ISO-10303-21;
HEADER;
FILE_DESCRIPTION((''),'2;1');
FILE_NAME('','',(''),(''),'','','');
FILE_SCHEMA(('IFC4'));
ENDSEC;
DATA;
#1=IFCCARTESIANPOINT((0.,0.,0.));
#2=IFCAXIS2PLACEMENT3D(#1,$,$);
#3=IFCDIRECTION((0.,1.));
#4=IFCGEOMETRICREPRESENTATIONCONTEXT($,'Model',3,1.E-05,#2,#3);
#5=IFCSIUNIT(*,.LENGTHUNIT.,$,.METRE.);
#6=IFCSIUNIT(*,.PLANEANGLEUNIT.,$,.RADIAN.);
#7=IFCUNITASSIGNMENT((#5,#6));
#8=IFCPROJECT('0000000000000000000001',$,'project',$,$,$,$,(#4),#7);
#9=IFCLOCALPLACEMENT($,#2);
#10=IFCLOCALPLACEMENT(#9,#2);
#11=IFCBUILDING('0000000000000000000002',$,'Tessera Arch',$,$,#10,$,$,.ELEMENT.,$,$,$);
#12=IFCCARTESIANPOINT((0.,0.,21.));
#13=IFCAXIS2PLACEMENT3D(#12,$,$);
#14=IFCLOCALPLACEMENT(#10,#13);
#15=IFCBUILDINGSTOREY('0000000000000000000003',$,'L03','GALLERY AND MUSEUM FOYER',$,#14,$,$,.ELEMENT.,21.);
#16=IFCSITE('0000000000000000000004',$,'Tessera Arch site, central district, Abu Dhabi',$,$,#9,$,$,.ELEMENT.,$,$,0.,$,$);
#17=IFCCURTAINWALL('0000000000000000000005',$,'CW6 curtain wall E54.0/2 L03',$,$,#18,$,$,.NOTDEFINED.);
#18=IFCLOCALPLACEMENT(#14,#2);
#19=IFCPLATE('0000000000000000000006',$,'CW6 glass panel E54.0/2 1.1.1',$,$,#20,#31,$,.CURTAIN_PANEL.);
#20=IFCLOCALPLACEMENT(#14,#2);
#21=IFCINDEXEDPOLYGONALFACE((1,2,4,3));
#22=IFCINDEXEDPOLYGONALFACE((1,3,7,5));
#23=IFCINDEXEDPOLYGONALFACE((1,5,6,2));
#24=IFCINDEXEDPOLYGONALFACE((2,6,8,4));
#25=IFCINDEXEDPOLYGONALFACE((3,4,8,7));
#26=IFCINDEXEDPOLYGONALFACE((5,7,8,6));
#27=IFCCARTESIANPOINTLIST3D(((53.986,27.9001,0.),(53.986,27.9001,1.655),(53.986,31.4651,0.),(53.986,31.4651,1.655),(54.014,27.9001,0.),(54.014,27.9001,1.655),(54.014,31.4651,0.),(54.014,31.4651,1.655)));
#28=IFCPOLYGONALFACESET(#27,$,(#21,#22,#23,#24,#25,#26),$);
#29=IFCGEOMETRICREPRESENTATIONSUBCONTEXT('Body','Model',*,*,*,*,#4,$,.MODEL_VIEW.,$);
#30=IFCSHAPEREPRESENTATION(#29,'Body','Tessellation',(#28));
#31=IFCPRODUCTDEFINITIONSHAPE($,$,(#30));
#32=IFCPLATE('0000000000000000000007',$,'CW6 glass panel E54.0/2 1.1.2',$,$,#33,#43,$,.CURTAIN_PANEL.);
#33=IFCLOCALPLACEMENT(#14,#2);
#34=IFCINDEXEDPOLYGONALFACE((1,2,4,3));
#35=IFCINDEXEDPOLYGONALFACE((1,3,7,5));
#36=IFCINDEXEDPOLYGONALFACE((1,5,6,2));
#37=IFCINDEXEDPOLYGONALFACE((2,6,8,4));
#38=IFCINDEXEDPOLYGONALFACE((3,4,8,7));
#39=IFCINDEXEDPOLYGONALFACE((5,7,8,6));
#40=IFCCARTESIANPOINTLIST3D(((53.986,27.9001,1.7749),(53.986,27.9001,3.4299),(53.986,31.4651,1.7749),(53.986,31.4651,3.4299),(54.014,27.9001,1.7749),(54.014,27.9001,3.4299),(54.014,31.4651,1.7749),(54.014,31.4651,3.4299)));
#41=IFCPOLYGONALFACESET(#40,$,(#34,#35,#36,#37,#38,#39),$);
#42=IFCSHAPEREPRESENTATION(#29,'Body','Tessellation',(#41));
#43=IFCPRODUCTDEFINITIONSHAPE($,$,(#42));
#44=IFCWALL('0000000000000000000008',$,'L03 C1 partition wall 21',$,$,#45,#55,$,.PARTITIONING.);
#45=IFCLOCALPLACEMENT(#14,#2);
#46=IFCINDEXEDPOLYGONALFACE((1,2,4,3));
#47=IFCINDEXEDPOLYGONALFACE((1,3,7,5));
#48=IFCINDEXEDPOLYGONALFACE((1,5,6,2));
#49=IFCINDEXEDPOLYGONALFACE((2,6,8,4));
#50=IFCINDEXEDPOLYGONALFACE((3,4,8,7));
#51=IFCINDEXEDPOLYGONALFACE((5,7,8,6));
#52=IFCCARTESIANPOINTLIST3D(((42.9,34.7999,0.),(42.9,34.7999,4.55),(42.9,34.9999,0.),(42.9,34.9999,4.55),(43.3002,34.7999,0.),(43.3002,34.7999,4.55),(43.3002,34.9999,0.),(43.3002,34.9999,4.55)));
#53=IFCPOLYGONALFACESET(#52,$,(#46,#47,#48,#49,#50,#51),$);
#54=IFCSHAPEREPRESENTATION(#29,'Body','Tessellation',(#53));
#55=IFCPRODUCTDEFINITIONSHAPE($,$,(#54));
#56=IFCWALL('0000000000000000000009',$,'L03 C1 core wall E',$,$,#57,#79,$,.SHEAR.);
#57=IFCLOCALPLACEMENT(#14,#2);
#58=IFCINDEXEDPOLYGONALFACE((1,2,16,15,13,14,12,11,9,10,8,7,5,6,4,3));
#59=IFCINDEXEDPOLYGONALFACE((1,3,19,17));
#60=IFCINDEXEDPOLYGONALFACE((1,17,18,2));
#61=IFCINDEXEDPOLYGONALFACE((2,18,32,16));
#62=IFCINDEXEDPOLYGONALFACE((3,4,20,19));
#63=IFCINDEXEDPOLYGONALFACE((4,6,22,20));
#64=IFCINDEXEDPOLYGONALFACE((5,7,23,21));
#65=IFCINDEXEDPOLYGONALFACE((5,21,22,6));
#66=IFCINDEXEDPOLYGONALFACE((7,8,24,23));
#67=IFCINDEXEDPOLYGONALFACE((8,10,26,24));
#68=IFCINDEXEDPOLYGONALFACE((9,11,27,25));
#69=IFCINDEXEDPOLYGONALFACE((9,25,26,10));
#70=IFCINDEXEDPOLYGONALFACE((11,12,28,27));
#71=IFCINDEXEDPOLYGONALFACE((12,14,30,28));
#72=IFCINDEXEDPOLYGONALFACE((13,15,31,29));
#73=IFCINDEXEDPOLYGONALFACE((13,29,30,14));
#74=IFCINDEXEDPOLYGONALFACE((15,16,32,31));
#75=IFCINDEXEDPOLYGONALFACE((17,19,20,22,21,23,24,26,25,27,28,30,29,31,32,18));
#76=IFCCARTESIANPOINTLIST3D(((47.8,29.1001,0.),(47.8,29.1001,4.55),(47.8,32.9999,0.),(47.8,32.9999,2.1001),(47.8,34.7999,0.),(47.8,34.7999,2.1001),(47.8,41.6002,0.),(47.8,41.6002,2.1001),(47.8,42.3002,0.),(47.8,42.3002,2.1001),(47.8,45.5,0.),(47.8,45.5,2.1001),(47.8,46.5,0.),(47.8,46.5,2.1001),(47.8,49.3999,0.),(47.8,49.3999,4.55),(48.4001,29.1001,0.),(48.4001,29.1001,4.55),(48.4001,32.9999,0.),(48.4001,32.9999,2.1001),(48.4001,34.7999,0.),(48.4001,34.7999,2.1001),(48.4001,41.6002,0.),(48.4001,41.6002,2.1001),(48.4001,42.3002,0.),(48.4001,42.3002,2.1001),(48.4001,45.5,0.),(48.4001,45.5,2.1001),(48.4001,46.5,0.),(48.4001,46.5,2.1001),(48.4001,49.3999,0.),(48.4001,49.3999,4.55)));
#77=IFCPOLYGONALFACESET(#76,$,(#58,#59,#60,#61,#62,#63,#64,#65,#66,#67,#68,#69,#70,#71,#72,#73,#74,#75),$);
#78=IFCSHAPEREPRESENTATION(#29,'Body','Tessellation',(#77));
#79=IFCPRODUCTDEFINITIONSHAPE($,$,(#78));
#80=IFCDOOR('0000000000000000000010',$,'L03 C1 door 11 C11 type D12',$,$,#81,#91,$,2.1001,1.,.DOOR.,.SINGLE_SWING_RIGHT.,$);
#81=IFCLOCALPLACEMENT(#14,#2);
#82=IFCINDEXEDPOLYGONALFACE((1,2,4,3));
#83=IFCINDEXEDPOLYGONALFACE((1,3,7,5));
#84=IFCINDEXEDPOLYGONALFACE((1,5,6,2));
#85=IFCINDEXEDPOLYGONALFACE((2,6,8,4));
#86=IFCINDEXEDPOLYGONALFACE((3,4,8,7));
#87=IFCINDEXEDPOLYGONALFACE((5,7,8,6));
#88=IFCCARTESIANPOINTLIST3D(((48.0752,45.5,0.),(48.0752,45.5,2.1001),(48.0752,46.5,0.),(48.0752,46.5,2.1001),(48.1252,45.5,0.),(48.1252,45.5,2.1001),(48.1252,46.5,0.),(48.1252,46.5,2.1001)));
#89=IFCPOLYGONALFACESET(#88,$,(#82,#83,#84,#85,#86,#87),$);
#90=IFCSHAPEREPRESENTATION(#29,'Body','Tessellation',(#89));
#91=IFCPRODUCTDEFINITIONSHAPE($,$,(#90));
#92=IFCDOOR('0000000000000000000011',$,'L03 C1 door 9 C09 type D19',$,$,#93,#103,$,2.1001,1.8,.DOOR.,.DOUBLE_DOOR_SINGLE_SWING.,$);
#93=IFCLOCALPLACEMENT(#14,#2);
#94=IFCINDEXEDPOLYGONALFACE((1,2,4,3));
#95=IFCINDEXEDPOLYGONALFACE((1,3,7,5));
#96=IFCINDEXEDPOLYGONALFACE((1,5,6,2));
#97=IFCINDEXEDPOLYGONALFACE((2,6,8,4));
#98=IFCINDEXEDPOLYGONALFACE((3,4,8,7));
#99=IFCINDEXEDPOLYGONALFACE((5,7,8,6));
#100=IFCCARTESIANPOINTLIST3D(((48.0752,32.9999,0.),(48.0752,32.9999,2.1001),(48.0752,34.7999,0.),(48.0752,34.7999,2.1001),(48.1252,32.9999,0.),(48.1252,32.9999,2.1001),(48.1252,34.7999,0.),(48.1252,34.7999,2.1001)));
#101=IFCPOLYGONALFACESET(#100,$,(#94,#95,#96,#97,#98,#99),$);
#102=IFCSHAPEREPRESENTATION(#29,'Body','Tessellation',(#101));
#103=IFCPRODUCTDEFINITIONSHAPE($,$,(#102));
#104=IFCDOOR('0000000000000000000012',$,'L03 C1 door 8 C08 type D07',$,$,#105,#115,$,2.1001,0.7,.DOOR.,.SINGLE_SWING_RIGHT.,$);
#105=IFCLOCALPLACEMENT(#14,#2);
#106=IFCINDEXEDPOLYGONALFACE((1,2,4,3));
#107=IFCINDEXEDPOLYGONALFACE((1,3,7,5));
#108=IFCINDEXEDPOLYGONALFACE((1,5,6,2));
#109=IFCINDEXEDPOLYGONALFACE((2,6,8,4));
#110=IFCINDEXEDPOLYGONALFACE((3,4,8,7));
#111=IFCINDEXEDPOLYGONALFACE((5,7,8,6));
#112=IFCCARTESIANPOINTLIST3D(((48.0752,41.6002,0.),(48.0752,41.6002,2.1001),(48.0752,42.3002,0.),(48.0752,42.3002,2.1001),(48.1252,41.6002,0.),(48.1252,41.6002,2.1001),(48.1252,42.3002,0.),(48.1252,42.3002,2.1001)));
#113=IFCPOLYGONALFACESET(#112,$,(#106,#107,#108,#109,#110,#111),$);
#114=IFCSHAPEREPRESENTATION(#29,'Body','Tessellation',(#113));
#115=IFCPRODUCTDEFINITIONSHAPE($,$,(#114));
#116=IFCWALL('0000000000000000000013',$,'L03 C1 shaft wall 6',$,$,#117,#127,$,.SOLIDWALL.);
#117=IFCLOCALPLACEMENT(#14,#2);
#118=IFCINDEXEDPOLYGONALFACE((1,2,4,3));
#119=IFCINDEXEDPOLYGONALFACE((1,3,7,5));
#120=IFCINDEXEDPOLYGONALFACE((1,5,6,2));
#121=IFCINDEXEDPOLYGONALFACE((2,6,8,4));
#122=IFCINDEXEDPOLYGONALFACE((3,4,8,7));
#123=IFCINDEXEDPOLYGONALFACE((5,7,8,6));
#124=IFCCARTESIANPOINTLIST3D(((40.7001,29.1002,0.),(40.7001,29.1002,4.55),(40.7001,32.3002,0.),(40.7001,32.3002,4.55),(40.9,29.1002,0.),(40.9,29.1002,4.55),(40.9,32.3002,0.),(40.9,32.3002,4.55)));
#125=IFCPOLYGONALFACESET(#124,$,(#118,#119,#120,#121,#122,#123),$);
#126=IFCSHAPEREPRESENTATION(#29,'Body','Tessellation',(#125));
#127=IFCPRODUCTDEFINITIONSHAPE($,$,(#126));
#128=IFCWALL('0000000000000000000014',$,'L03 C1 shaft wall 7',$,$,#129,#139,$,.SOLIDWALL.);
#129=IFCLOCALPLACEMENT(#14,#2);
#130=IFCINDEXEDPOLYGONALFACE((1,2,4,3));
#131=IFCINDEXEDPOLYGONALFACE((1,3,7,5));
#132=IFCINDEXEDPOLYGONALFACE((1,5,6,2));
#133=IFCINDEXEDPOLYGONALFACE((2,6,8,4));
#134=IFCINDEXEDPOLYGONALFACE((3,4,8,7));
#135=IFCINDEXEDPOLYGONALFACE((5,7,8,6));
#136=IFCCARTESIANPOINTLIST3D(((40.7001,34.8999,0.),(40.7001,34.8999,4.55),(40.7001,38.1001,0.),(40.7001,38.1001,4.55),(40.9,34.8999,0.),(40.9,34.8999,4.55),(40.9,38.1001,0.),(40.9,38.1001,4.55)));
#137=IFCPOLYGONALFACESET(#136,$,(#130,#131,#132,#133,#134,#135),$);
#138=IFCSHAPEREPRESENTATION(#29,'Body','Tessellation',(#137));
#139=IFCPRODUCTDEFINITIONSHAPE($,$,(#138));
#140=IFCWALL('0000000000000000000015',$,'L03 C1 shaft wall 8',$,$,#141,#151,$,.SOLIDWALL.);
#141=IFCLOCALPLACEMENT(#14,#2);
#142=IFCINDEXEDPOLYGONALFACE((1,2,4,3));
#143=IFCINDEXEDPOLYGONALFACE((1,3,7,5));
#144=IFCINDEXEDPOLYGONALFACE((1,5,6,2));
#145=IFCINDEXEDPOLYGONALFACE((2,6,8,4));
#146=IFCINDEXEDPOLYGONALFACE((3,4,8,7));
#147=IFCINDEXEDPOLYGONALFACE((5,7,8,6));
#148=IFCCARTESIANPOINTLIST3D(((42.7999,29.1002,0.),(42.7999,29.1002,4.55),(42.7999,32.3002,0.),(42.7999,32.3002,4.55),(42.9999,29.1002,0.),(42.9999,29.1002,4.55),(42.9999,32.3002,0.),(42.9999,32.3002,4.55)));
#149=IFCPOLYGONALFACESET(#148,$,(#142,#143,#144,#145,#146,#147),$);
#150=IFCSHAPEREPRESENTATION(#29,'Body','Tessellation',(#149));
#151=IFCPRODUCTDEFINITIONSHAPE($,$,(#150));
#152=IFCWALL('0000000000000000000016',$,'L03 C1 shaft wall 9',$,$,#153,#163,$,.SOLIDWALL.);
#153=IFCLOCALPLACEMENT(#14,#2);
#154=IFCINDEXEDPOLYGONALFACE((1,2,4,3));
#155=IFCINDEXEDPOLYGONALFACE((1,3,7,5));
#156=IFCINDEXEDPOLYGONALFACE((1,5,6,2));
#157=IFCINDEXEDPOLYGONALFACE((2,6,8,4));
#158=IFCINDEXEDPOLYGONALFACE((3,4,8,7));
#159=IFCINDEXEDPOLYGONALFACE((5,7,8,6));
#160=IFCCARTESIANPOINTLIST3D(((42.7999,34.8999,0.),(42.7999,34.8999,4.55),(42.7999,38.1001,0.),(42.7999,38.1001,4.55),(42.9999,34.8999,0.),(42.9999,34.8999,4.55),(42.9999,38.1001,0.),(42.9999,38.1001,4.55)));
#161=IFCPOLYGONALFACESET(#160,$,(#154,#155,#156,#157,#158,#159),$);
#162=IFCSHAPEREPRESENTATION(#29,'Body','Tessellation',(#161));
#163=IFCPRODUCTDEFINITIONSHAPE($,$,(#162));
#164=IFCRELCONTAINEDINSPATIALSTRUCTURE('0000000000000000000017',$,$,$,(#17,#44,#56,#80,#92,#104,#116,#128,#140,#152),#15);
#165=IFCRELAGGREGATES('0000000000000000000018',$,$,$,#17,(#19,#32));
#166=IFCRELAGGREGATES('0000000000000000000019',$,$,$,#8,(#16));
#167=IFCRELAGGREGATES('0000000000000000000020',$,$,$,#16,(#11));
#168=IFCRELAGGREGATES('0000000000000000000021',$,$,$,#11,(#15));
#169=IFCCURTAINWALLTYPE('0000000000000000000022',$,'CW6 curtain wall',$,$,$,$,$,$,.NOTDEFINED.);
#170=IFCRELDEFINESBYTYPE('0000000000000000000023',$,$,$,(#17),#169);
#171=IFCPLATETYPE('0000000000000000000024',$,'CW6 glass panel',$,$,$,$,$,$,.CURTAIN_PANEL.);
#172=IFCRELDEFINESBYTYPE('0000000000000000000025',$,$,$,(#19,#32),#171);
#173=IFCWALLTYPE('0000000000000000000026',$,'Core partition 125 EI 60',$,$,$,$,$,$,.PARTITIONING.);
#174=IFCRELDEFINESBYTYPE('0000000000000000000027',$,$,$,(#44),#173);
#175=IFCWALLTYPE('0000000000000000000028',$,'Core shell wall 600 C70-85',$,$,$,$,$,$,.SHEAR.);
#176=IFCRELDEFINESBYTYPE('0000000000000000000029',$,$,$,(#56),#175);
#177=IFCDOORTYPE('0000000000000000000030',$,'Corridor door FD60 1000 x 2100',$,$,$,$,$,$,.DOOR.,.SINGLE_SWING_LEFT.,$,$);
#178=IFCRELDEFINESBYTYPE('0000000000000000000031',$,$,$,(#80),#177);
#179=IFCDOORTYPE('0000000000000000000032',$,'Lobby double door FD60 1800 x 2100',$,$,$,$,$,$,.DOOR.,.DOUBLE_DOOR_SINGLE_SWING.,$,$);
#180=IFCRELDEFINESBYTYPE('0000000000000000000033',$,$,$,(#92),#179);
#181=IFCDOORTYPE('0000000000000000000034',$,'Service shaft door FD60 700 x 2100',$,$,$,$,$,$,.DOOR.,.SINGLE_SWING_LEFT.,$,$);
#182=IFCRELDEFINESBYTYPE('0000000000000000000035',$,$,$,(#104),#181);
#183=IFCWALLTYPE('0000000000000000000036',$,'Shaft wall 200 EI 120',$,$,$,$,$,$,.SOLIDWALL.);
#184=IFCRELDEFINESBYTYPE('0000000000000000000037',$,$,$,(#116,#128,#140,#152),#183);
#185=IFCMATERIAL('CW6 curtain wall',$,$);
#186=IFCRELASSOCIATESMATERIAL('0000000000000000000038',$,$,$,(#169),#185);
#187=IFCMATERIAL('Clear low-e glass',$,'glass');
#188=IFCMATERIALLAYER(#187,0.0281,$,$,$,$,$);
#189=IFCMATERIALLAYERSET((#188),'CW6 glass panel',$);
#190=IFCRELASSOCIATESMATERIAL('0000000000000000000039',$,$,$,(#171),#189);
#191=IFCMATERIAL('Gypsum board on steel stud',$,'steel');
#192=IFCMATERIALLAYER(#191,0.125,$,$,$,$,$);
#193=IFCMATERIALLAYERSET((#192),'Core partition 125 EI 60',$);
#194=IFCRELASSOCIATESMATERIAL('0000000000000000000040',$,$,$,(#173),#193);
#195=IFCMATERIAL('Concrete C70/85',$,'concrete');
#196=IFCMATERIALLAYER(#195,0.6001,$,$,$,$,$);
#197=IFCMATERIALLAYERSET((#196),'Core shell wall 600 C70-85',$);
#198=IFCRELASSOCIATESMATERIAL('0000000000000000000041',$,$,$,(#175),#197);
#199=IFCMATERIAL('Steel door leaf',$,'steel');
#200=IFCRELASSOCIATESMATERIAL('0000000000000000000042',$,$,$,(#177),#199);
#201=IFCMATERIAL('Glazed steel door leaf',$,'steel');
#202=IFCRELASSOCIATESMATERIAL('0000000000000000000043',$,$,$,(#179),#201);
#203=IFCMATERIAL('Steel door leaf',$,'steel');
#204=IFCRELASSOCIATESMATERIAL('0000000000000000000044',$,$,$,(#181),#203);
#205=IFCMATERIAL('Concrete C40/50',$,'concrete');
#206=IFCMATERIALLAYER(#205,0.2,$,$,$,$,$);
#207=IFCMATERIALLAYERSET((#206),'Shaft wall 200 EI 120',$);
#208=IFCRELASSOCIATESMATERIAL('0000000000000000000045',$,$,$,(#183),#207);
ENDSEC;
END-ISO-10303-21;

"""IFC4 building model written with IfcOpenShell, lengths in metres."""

from ifc_helpers import new_model, si_unit, direction, frame, frame_2d, origin, origin_2d, place, context, subcontext, project, spatial, rectangle, extrude, material, layer, layer_set, type_object, element, fill, aggregate, save


model = new_model("IFC4")

# Units and contexts
model_context = context("Model", 3, precision=1e-05, world=origin(), true_north=direction((0.0, 1.0)))
body_context = subcontext(model_context, "Body", "Model", "MODEL_VIEW")
ifc_project = project(units=[si_unit("LENGTHUNIT", "METRE"), si_unit("PLANEANGLEUNIT", "RADIAN")], contexts=[model_context])

# Site, building, storey
site_placement = place(None, origin())
site = spatial("IfcSite", under=ifc_project, at=site_placement, Name="Tessera Arch site, central district, Abu Dhabi", CompositionType="ELEMENT", RefElevation=0.0)
building_placement = place(site_placement, origin())
building = spatial("IfcBuilding", under=site, at=building_placement, Name="Tessera Arch", CompositionType="ELEMENT")
storey_placement = place(building_placement, frame((0.0, 0.0, 21.0)))
storey = spatial("IfcBuildingStorey", under=building, at=storey_placement, Name="L03", Description="GALLERY AND MUSEUM FOYER", CompositionType="ELEMENT", Elevation=21.0)

# Curtain wall, plates
ifc_material_1 = material(Name="CW6 curtain wall")
curtain_wall_type = type_object("IfcCurtainWallType", Name="CW6 curtain wall", PredefinedType="NOTDEFINED", material=ifc_material_1)
curtain_wall_placement = place(storey_placement, origin())
curtain_wall = element("IfcCurtainWall", 1, at=curtain_wall_placement, inside=storey, type_object=curtain_wall_type, Name="CW6 curtain wall E54.0/2 L03", PredefinedType="NOTDEFINED")
ifc_material_2 = material(Name="Clear low-e glass", Category="glass")
ifc_layer_1 = layer(ifc_material_2, 0.0281)
ifc_layer_set_1 = layer_set([ifc_layer_1], Name="CW6 glass panel")
plate_type = type_object("IfcPlateType", Name="CW6 glass panel", PredefinedType="CURTAIN_PANEL", material=ifc_layer_set_1)
plate_1_placement = place(storey_placement, frame((54.0, 29.6826, 0.0), z_axis=(0.0, 0.0, 1.0), x_axis=(0.0, 1.0, 0.0)))
plate_1 = element("IfcPlate", 2, at=plate_1_placement, type_object=plate_type, Name="CW6 glass panel E54.0/2 1.1.1", PredefinedType="CURTAIN_PANEL", context=body_context, shape_type="SweptSolid", body=[
    extrude(rectangle(XDim=3.5649, YDim=0.0281, at=origin_2d()), origin(), (0.0, 0.0, 1.0), 1.655),
])
plate_2_placement = place(storey_placement, frame((54.0, 29.6826, 1.7749), z_axis=(0.0, 0.0, 1.0), x_axis=(0.0, 1.0, 0.0)))
plate_2 = element("IfcPlate", 3, at=plate_2_placement, type_object=plate_type, Name="CW6 glass panel E54.0/2 1.1.2", PredefinedType="CURTAIN_PANEL", context=body_context, shape_type="SweptSolid", body=[
    extrude(rectangle(XDim=3.5649, YDim=0.0281, at=origin_2d()), origin(), (0.0, 0.0, 1.0), 1.655),
])
aggregate(curtain_wall, [plate_1, plate_2])

# Wall
ifc_material_3 = material(Name="Gypsum board on steel stud", Category="steel")
ifc_layer_2 = layer(ifc_material_3, 0.125)
ifc_layer_set_2 = layer_set([ifc_layer_2], Name="Core partition 125 EI 60")
wall_type_1 = type_object("IfcWallType", Name="Core partition 125 EI 60", PredefinedType="PARTITIONING", material=ifc_layer_set_2)
wall_1_placement = place(storey_placement, frame((42.8999, 34.8999, 0.0), z_axis=(0.0, 0.0, 1.0), x_axis=(1.0, 0.0, 0.0)))
element("IfcWall", 4, at=wall_1_placement, inside=storey, type_object=wall_type_1, Name="L03 C1 partition wall 21", PredefinedType="PARTITIONING", context=body_context, shape_type="SweptSolid", body=[
    extrude(rectangle(XDim=0.4001, YDim=0.2, at=frame_2d((0.2002, 0.0))), origin(), (0.0, 0.0, 1.0), 4.55),
])

# Wall, openings, doors
ifc_material_4 = material(Name="Concrete C70/85", Category="concrete")
ifc_layer_3 = layer(ifc_material_4, 0.6001)
ifc_layer_set_3 = layer_set([ifc_layer_3], Name="Core shell wall 600 C70-85")
wall_type_2 = type_object("IfcWallType", Name="Core shell wall 600 C70-85", PredefinedType="SHEAR", material=ifc_layer_set_3)
wall_2_placement = place(storey_placement, frame((48.1001, 29.1001, 0.0), z_axis=(0.0, 0.0, 1.0), x_axis=(0.0, 1.0, 0.0)))
wall_2 = element("IfcWall", 5, at=wall_2_placement, inside=storey, type_object=wall_type_2, Name="L03 C1 core wall E", PredefinedType="SHEAR", context=body_context, shape_type="SweptSolid", body=[
    extrude(rectangle(XDim=20.2998, YDim=0.6001, at=frame_2d((10.1499, 0.0))), origin(), (0.0, 0.0, 1.0), 4.55),
])
opening_1_placement = place(wall_2_placement, frame((12.5, 0.0, 0.0)))
opening_1 = element("IfcOpeningElement", 6, at=opening_1_placement, cuts=wall_2, PredefinedType="OPENING", context=body_context, shape_type="SweptSolid", body=[
    extrude(rectangle(XDim=0.7, YDim=2.1001, at=frame_2d((0.3501, 1.05))), frame((0.0, 0.3101, 0.0), z_axis=(0.0, -1.0, 0.0), x_axis=(1.0, 0.0, 0.0)), (0.0, 0.0, 1.0), 0.6201),
])
opening_2_placement = place(wall_2_placement, frame((3.8999, 0.0, 0.0)))
opening_2 = element("IfcOpeningElement", 7, at=opening_2_placement, cuts=wall_2, PredefinedType="OPENING", context=body_context, shape_type="SweptSolid", body=[
    extrude(rectangle(XDim=1.8, YDim=2.1001, at=frame_2d((0.8999, 1.05))), frame((0.0, 0.3101, 0.0), z_axis=(0.0, -1.0, 0.0), x_axis=(1.0, 0.0, 0.0)), (0.0, 0.0, 1.0), 0.6201),
])
opening_3_placement = place(wall_2_placement, frame((16.3999, 0.0, 0.0)))
opening_3 = element("IfcOpeningElement", 8, at=opening_3_placement, cuts=wall_2, PredefinedType="OPENING", context=body_context, shape_type="SweptSolid", body=[
    extrude(rectangle(XDim=1.0, YDim=2.1001, at=frame_2d((0.5, 1.05))), frame((0.0, 0.3101, 0.0), z_axis=(0.0, -1.0, 0.0), x_axis=(1.0, 0.0, 0.0)), (0.0, 0.0, 1.0), 0.6201),
])
ifc_material_5 = material(Name="Steel door leaf", Category="steel")
door_type_1 = type_object("IfcDoorType", Name="Corridor door FD60 1000 x 2100", OperationType="SINGLE_SWING_LEFT", PredefinedType="DOOR", material=ifc_material_5)
door_1_placement = place(opening_3_placement, origin())
door_1 = element("IfcDoor", 9, at=door_1_placement, inside=storey, type_object=door_type_1, Name="L03 C1 door 11 C11 type D12", OperationType="SINGLE_SWING_RIGHT", OverallHeight=2.1001, OverallWidth=1.0, PredefinedType="DOOR", context=body_context, shape_type="SweptSolid", body=[
    extrude(rectangle(XDim=1.0, YDim=2.1001, at=frame_2d((0.5, 1.05))), frame((0.0, 0.0249, 0.0), z_axis=(0.0, -1.0, 0.0), x_axis=(1.0, 0.0, 0.0)), (0.0, 0.0, 1.0), 0.05),
])
fill(opening_3, door_1)
ifc_material_6 = material(Name="Glazed steel door leaf", Category="steel")
door_type_2 = type_object("IfcDoorType", Name="Lobby double door FD60 1800 x 2100", OperationType="DOUBLE_DOOR_SINGLE_SWING", PredefinedType="DOOR", material=ifc_material_6)
door_2_placement = place(opening_2_placement, origin())
door_2 = element("IfcDoor", 10, at=door_2_placement, inside=storey, type_object=door_type_2, Name="L03 C1 door 9 C09 type D19", OperationType="DOUBLE_DOOR_SINGLE_SWING", OverallHeight=2.1001, OverallWidth=1.8, PredefinedType="DOOR", context=body_context, shape_type="SweptSolid", body=[
    extrude(rectangle(XDim=1.8, YDim=2.1001, at=frame_2d((0.8999, 1.05))), frame((0.0, 0.0249, 0.0), z_axis=(0.0, -1.0, 0.0), x_axis=(1.0, 0.0, 0.0)), (0.0, 0.0, 1.0), 0.05),
])
fill(opening_2, door_2)
ifc_material_7 = material(Name="Steel door leaf", Category="steel")
door_type_3 = type_object("IfcDoorType", Name="Service shaft door FD60 700 x 2100", OperationType="SINGLE_SWING_LEFT", PredefinedType="DOOR", material=ifc_material_7)
door_3_placement = place(opening_1_placement, origin())
door_3 = element("IfcDoor", 11, at=door_3_placement, inside=storey, type_object=door_type_3, Name="L03 C1 door 8 C08 type D07", OperationType="SINGLE_SWING_RIGHT", OverallHeight=2.1001, OverallWidth=0.7, PredefinedType="DOOR", context=body_context, shape_type="SweptSolid", body=[
    extrude(rectangle(XDim=0.7, YDim=2.1001, at=frame_2d((0.3501, 1.05))), frame((0.0, 0.0249, 0.0), z_axis=(0.0, -1.0, 0.0), x_axis=(1.0, 0.0, 0.0)), (0.0, 0.0, 1.0), 0.05),
])
fill(opening_1, door_3)

# Walls
ifc_material_8 = material(Name="Concrete C40/50", Category="concrete")
ifc_layer_4 = layer(ifc_material_8, 0.2)
ifc_layer_set_4 = layer_set([ifc_layer_4], Name="Shaft wall 200 EI 120")
wall_type_3 = type_object("IfcWallType", Name="Shaft wall 200 EI 120", PredefinedType="SOLIDWALL", material=ifc_layer_set_4)
wall_3_placement = place(storey_placement, frame((40.8, 29.1001, 0.0), z_axis=(0.0, 0.0, 1.0), x_axis=(0.0, 1.0, 0.0)))
element("IfcWall", 12, at=wall_3_placement, inside=storey, type_object=wall_type_3, Name="L03 C1 shaft wall 6", PredefinedType="SOLIDWALL", context=body_context, shape_type="SweptSolid", body=[
    extrude(rectangle(XDim=3.2, YDim=0.2, at=frame_2d((1.6001, 0.0))), origin(), (0.0, 0.0, 1.0), 4.55),
])
wall_4_placement = place(storey_placement, frame((40.8, 34.8999, 0.0), z_axis=(0.0, 0.0, 1.0), x_axis=(0.0, 1.0, 0.0)))
element("IfcWall", 13, at=wall_4_placement, inside=storey, type_object=wall_type_3, Name="L03 C1 shaft wall 7", PredefinedType="SOLIDWALL", context=body_context, shape_type="SweptSolid", body=[
    extrude(rectangle(XDim=3.2002, YDim=0.2, at=frame_2d((1.6001, 0.0))), origin(), (0.0, 0.0, 1.0), 4.55),
])
wall_5_placement = place(storey_placement, frame((42.8999, 29.1001, 0.0), z_axis=(0.0, 0.0, 1.0), x_axis=(0.0, 1.0, 0.0)))
element("IfcWall", 14, at=wall_5_placement, inside=storey, type_object=wall_type_3, Name="L03 C1 shaft wall 8", PredefinedType="SOLIDWALL", context=body_context, shape_type="SweptSolid", body=[
    extrude(rectangle(XDim=3.2, YDim=0.2, at=frame_2d((1.6001, 0.0))), origin(), (0.0, 0.0, 1.0), 4.55),
])
wall_6_placement = place(storey_placement, frame((42.8999, 34.8999, 0.0), z_axis=(0.0, 0.0, 1.0), x_axis=(0.0, 1.0, 0.0)))
element("IfcWall", 15, at=wall_6_placement, inside=storey, type_object=wall_type_3, Name="L03 C1 shaft wall 9", PredefinedType="SOLIDWALL", context=body_context, shape_type="SweptSolid", body=[
    extrude(rectangle(XDim=3.2002, YDim=0.2, at=frame_2d((1.6001, 0.0))), origin(), (0.0, 0.0, 1.0), 4.55),
])

save(model, "model.ifc")
